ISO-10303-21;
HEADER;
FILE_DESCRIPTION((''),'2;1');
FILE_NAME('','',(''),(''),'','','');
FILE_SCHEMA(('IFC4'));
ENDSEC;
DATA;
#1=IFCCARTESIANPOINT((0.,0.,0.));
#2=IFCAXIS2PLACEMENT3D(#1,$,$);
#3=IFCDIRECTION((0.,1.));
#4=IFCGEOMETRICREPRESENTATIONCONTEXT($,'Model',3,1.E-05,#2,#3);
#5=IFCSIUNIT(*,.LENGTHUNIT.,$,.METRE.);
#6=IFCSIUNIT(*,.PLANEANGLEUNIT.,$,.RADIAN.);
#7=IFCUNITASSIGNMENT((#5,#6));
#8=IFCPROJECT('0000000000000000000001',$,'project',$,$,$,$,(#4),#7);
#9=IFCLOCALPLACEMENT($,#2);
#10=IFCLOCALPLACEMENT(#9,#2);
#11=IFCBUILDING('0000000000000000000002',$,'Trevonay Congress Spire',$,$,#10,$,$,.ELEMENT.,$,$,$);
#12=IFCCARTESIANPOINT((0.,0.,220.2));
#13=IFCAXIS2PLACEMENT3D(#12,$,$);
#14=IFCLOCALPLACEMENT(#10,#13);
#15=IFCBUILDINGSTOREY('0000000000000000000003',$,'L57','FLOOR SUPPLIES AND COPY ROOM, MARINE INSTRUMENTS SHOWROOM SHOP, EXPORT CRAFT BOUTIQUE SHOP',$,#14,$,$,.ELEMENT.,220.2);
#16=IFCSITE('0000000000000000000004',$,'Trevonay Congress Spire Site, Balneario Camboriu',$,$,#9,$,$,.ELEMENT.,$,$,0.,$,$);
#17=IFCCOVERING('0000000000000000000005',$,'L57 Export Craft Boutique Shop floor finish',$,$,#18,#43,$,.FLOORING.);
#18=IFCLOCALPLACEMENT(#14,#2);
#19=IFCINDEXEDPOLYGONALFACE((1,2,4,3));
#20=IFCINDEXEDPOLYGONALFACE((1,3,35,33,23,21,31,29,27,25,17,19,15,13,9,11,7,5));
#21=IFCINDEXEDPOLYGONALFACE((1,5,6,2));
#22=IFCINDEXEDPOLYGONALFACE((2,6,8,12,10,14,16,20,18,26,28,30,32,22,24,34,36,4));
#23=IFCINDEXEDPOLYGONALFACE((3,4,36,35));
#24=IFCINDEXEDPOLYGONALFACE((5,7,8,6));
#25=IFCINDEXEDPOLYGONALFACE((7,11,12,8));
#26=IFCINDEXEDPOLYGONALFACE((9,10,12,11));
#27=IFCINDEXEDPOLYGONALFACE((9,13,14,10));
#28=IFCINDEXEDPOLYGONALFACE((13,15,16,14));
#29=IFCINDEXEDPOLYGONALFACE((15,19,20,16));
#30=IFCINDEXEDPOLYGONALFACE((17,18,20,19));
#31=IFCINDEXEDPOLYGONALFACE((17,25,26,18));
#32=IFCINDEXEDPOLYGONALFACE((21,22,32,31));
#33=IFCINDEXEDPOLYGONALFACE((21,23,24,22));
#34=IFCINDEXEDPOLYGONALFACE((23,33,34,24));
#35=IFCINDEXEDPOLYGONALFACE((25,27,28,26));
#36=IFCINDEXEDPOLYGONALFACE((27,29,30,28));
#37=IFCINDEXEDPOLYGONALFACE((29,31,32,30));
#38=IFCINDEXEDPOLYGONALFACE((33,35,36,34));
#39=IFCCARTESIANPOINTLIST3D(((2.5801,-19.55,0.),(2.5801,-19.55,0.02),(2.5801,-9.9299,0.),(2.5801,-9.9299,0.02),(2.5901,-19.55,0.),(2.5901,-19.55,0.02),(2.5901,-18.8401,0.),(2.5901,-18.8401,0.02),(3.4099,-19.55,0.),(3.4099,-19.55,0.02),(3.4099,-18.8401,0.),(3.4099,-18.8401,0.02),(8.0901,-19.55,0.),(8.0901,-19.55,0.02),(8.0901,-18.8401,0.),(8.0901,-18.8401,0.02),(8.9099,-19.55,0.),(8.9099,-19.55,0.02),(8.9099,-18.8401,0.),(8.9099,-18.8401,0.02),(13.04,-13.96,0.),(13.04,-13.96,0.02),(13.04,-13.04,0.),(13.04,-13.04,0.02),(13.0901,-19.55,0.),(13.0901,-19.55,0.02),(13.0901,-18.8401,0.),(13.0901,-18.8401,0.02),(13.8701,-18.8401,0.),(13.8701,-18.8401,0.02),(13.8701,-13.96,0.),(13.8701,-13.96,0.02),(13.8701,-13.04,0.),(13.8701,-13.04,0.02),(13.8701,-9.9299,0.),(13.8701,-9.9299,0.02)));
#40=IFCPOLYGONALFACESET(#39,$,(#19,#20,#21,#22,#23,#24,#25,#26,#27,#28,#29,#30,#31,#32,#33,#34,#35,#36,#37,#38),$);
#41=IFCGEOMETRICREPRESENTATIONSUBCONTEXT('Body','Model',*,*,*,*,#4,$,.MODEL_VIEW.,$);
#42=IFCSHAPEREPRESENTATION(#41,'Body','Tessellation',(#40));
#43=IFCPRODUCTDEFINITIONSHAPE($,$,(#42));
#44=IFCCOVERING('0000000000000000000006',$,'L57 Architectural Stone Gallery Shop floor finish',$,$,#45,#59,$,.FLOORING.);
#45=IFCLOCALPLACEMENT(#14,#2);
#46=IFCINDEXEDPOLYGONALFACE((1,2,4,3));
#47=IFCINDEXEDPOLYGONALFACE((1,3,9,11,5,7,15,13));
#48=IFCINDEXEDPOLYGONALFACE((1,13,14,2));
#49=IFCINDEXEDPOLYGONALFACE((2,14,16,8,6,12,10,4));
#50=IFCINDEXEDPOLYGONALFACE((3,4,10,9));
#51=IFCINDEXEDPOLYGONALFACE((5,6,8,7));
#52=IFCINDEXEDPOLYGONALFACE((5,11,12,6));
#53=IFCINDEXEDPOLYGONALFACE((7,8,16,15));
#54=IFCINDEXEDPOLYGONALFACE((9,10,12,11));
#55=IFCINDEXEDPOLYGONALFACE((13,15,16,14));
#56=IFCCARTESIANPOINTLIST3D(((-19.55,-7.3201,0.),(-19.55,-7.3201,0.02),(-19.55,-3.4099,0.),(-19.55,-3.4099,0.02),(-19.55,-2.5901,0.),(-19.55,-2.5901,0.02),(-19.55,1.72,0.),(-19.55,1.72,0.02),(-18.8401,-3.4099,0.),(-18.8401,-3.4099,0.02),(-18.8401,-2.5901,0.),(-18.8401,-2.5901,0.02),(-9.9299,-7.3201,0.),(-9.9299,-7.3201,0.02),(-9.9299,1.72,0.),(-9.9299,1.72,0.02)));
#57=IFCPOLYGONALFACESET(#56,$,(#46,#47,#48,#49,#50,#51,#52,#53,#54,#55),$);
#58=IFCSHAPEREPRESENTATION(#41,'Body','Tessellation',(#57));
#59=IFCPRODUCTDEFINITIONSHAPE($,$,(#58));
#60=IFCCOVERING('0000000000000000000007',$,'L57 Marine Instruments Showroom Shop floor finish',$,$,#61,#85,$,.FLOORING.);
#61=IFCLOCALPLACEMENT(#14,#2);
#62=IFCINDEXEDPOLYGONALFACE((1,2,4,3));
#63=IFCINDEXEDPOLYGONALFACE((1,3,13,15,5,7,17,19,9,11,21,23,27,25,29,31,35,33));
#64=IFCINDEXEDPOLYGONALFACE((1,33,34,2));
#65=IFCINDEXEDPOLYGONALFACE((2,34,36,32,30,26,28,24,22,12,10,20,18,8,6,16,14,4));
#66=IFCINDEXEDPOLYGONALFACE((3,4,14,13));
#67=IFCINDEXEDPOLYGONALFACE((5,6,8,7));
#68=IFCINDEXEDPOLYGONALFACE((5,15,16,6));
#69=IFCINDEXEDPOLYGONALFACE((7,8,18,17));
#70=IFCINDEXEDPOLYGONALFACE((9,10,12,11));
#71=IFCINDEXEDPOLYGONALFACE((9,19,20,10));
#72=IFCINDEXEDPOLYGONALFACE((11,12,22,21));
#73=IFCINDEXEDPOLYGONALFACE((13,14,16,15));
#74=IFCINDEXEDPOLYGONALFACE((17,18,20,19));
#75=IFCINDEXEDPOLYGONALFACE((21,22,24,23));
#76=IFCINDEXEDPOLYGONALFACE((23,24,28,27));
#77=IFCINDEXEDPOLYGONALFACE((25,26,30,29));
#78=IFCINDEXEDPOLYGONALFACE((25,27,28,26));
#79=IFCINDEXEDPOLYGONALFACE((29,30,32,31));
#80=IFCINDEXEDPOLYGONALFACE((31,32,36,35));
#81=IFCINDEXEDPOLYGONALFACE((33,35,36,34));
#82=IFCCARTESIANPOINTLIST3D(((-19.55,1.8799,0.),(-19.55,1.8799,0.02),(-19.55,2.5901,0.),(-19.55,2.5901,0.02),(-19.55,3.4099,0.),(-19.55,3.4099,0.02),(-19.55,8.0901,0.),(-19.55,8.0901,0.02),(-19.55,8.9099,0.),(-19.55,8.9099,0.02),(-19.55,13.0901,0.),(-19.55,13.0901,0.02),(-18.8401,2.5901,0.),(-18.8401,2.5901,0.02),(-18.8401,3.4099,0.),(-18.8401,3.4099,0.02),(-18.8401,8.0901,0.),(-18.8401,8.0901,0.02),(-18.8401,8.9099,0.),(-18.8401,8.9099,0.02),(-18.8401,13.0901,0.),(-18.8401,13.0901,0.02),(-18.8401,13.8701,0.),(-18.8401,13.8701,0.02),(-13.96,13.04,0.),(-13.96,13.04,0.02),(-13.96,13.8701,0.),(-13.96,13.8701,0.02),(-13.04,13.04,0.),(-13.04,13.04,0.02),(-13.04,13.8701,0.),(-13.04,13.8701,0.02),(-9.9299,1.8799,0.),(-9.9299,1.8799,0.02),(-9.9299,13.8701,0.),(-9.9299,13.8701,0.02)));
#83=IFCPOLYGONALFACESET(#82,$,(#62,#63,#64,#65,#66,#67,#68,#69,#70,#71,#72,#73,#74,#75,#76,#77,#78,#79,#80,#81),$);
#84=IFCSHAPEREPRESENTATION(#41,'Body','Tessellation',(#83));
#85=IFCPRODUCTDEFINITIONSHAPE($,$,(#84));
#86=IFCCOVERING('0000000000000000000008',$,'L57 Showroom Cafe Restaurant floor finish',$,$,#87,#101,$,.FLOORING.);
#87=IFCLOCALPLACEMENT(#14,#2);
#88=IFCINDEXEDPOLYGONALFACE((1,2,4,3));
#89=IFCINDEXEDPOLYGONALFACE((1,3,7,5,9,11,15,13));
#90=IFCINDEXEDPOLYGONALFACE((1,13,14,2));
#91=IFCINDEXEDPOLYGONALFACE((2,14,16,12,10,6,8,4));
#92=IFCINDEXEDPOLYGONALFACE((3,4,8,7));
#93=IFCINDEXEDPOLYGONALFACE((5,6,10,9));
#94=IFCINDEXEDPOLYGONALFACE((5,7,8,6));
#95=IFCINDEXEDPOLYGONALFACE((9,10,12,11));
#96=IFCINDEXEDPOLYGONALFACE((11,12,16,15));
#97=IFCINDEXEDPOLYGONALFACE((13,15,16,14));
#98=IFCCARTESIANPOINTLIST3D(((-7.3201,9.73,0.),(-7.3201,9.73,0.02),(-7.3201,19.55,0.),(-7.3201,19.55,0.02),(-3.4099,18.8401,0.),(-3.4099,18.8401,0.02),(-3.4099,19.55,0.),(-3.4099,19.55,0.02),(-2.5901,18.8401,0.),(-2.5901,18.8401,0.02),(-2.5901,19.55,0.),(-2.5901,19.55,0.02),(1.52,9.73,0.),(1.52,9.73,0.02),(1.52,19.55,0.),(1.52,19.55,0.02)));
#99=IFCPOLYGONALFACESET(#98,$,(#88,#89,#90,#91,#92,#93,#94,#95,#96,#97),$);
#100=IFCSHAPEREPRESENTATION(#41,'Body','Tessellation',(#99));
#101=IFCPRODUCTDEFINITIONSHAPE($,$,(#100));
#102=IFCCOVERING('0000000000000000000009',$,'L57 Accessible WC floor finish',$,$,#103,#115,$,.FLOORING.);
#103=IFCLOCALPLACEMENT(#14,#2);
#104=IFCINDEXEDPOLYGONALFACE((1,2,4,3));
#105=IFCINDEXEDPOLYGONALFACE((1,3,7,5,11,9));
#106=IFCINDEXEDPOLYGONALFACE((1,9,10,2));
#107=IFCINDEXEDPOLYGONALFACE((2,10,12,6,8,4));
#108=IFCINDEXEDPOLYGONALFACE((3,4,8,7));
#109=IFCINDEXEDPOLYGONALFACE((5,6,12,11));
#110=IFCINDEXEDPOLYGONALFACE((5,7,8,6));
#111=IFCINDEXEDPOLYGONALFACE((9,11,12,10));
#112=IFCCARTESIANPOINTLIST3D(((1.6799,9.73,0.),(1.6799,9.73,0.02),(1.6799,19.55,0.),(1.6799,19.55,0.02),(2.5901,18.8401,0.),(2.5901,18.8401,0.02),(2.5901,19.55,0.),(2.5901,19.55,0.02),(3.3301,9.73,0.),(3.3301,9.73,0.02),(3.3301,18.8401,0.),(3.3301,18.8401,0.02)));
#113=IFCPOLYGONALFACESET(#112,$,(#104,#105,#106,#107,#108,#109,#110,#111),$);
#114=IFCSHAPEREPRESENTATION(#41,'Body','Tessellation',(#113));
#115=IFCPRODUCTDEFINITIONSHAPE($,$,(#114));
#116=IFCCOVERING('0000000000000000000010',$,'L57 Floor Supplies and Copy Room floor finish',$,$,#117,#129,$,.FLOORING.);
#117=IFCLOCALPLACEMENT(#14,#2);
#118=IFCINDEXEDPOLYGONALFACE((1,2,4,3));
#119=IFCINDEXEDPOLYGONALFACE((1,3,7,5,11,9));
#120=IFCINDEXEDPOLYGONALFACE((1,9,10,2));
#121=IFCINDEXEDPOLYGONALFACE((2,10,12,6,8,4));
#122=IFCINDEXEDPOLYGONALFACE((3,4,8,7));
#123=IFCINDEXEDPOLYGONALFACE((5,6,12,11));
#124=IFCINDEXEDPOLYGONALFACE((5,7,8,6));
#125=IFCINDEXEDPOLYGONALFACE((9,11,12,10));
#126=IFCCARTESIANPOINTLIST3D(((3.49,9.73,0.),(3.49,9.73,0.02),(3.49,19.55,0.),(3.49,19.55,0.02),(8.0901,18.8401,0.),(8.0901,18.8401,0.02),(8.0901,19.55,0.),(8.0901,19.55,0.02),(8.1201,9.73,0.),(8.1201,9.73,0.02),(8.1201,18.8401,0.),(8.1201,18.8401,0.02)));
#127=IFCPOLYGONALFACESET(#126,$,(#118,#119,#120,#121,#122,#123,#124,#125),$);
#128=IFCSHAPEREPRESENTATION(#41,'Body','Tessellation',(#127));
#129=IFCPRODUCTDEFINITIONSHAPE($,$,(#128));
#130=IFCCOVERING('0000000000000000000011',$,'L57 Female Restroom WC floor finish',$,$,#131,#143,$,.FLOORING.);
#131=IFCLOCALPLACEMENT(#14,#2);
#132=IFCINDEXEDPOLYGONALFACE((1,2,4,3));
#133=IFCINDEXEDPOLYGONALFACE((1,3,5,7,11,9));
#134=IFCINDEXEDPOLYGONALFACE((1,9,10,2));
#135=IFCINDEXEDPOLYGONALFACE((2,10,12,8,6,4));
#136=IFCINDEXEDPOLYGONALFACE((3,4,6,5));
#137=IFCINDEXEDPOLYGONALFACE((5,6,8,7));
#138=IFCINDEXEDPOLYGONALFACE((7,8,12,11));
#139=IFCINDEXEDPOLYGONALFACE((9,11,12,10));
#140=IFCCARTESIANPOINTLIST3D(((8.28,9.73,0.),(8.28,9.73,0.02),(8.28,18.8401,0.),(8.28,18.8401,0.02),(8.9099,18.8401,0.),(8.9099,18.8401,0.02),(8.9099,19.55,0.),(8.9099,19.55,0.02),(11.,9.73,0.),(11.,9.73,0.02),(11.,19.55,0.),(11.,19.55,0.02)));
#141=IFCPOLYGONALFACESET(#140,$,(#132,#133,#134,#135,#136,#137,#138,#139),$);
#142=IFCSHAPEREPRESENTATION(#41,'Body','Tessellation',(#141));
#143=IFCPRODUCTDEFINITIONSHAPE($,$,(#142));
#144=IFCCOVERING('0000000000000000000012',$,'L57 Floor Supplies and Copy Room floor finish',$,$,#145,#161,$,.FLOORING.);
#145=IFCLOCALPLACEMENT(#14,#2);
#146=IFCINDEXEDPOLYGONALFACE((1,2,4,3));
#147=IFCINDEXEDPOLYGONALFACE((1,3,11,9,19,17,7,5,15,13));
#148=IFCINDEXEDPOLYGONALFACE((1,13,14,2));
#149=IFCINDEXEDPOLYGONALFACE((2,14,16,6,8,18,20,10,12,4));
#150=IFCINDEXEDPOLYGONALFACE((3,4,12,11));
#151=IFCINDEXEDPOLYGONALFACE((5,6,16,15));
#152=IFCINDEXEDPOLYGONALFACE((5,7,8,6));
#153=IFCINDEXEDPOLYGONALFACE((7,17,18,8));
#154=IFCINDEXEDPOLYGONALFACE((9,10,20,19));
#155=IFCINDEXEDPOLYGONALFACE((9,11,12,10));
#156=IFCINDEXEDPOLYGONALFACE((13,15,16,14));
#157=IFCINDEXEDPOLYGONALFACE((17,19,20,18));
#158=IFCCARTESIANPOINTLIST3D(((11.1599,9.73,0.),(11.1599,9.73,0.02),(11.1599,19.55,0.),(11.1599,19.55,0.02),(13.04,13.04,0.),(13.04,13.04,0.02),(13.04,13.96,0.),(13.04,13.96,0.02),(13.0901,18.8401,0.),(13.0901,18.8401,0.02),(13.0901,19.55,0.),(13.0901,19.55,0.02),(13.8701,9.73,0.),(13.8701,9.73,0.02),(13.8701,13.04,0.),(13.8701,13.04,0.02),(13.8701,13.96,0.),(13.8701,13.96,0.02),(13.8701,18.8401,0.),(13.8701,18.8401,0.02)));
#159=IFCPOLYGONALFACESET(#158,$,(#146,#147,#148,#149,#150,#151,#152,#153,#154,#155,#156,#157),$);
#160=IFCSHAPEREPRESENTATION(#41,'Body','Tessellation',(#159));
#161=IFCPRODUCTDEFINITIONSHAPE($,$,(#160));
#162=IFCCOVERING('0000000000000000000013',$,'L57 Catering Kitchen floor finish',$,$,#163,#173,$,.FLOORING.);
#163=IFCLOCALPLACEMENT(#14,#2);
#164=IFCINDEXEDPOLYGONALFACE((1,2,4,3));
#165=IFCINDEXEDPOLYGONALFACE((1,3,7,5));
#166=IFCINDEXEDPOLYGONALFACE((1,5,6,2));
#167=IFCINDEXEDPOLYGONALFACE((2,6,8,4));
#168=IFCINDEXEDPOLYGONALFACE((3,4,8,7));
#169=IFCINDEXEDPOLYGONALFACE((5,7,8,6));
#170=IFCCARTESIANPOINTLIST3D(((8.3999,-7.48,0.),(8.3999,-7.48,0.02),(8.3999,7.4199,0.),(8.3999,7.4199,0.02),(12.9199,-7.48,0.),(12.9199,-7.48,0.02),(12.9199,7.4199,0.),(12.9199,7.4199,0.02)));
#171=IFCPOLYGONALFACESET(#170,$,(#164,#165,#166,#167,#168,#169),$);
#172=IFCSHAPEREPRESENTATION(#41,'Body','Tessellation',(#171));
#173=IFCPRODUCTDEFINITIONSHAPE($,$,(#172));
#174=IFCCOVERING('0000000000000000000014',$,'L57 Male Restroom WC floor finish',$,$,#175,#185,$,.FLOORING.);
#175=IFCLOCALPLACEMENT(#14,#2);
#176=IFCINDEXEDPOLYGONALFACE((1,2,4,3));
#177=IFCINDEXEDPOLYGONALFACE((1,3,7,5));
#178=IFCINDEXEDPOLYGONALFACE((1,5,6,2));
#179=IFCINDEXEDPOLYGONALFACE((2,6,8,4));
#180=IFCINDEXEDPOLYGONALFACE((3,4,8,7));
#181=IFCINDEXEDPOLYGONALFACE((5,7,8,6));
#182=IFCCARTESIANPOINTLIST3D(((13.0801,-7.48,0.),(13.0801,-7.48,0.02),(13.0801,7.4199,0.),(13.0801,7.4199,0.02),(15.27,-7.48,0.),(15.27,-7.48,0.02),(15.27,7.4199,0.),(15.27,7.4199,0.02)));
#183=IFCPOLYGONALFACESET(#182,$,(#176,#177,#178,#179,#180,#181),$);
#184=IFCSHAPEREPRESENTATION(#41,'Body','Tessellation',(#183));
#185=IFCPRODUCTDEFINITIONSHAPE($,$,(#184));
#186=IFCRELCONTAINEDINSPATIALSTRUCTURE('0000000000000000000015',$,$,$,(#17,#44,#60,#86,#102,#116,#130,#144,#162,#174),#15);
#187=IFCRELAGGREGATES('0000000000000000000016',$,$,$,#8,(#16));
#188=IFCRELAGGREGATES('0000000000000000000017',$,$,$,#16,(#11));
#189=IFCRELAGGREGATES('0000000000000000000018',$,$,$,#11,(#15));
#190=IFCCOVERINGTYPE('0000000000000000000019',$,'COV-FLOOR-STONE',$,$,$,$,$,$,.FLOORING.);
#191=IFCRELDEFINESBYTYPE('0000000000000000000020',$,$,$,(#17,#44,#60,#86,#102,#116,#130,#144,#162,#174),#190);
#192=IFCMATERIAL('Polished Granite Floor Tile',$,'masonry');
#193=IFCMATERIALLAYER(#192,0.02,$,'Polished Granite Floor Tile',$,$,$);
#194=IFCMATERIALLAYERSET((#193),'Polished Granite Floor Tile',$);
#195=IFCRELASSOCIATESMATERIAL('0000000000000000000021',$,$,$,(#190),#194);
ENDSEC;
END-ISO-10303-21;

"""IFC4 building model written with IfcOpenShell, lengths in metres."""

from ifc_helpers import new_model, si_unit, direction, frame, origin, place, context, subcontext, project, spatial, polyline, outline, extrude, material, layer, layer_set, type_object, element, save


model = new_model("IFC4")

# Units and contexts
model_context = context("Model", 3, precision=1e-05, world=origin(), true_north=direction((0.0, 1.0)))
body_context = subcontext(model_context, "Body", "Model", "MODEL_VIEW")
ifc_project = project(units=[si_unit("LENGTHUNIT", "METRE"), si_unit("PLANEANGLEUNIT", "RADIAN")], contexts=[model_context])

# Site, building, storey
site_placement = place(None, origin())
site = spatial("IfcSite", under=ifc_project, at=site_placement, Name="Trevonay Congress Spire Site, Balneario Camboriu", CompositionType="ELEMENT", RefElevation=0.0)
building_placement = place(site_placement, origin())
building = spatial("IfcBuilding", under=site, at=building_placement, Name="Trevonay Congress Spire", CompositionType="ELEMENT")
storey_placement = place(building_placement, frame((0.0, 0.0, 220.2)))
storey = spatial("IfcBuildingStorey", under=building, at=storey_placement, Name="L57", Description="FLOOR SUPPLIES AND COPY ROOM, MARINE INSTRUMENTS SHOWROOM SHOP, EXPORT CRAFT BOUTIQUE SHOP", CompositionType="ELEMENT", Elevation=220.2)

# Coverings
ifc_material_1 = material(Name="Polished Granite Floor Tile", Category="masonry")
ifc_layer_1 = layer(ifc_material_1, 0.02, Name="Polished Granite Floor Tile")
ifc_layer_set_1 = layer_set([ifc_layer_1], Name="Polished Granite Floor Tile")
covering_type_1 = type_object("IfcCoveringType", Name="COV-FLOOR-STONE", PredefinedType="FLOORING", material=ifc_layer_set_1)
covering_1_placement = place(storey_placement, origin())
element("IfcCovering", 1, at=covering_1_placement, inside=storey, type_object=covering_type_1, Name="L57 Export Craft Boutique Shop floor finish", PredefinedType="FLOORING", context=body_context, shape_type="SweptSolid", body=[
    extrude(outline(polyline([(2.5801, -19.55), (2.5801, -9.9299), (13.8701, -9.9299), (13.8701, -13.04), (13.04, -13.04), (13.04, -13.96), (13.8701, -13.96), (13.8701, -18.8401), (13.0901, -18.8401), (13.0901, -19.55), (8.9099, -19.55), (8.9099, -18.8401), (8.0901, -18.8401), (8.0901, -19.55), (3.4099, -19.55), (3.4099, -18.8401), (2.5901, -18.8401), (2.5901, -19.55), (2.5801, -19.55)])), origin(), (0.0, 0.0, 1.0), 0.02),
])
covering_2_placement = place(storey_placement, origin())
element("IfcCovering", 2, at=covering_2_placement, inside=storey, type_object=covering_type_1, Name="L57 Architectural Stone Gallery Shop floor finish", PredefinedType="FLOORING", context=body_context, shape_type="SweptSolid", body=[
    extrude(outline(polyline([(-19.55, 1.72), (-9.9299, 1.72), (-9.9299, -7.3201), (-19.55, -7.3201), (-19.55, -3.4099), (-18.8401, -3.4099), (-18.8401, -2.5901), (-19.55, -2.5901), (-19.55, 1.72)])), origin(), (0.0, 0.0, 1.0), 0.02),
])
covering_3_placement = place(storey_placement, origin())
element("IfcCovering", 3, at=covering_3_placement, inside=storey, type_object=covering_type_1, Name="L57 Marine Instruments Showroom Shop floor finish", PredefinedType="FLOORING", context=body_context, shape_type="SweptSolid", body=[
    extrude(outline(polyline([(-9.9299, 13.8701), (-9.9299, 1.8799), (-19.55, 1.8799), (-19.55, 2.5901), (-18.8401, 2.5901), (-18.8401, 3.4099), (-19.55, 3.4099), (-19.55, 8.0901), (-18.8401, 8.0901), (-18.8401, 8.9099), (-19.55, 8.9099), (-19.55, 13.0901), (-18.8401, 13.0901), (-18.8401, 13.8701), (-13.96, 13.8701), (-13.96, 13.04), (-13.04, 13.04), (-13.04, 13.8701), (-9.9299, 13.8701)])), origin(), (0.0, 0.0, 1.0), 0.02),
])
covering_4_placement = place(storey_placement, origin())
element("IfcCovering", 4, at=covering_4_placement, inside=storey, type_object=covering_type_1, Name="L57 Showroom Cafe Restaurant floor finish", PredefinedType="FLOORING", context=body_context, shape_type="SweptSolid", body=[
    extrude(outline(polyline([(1.52, 19.55), (1.52, 9.73), (-7.3201, 9.73), (-7.3201, 19.55), (-3.4099, 19.55), (-3.4099, 18.8401), (-2.5901, 18.8401), (-2.5901, 19.55), (1.52, 19.55)])), origin(), (0.0, 0.0, 1.0), 0.02),
])
covering_5_placement = place(storey_placement, origin())
element("IfcCovering", 5, at=covering_5_placement, inside=storey, type_object=covering_type_1, Name="L57 Accessible WC floor finish", PredefinedType="FLOORING", context=body_context, shape_type="SweptSolid", body=[
    extrude(outline(polyline([(3.3301, 9.73), (1.6799, 9.73), (1.6799, 19.55), (2.5901, 19.55), (2.5901, 18.8401), (3.3301, 18.8401), (3.3301, 9.73)])), origin(), (0.0, 0.0, 1.0), 0.02),
])
covering_6_placement = place(storey_placement, origin())
element("IfcCovering", 6, at=covering_6_placement, inside=storey, type_object=covering_type_1, Name="L57 Floor Supplies and Copy Room floor finish", PredefinedType="FLOORING", context=body_context, shape_type="SweptSolid", body=[
    extrude(outline(polyline([(8.1201, 9.73), (3.49, 9.73), (3.49, 19.55), (8.0901, 19.55), (8.0901, 18.8401), (8.1201, 18.8401), (8.1201, 9.73)])), origin(), (0.0, 0.0, 1.0), 0.02),
])
covering_7_placement = place(storey_placement, origin())
element("IfcCovering", 7, at=covering_7_placement, inside=storey, type_object=covering_type_1, Name="L57 Female Restroom WC floor finish", PredefinedType="FLOORING", context=body_context, shape_type="SweptSolid", body=[
    extrude(outline(polyline([(11.0, 19.55), (11.0, 9.73), (8.28, 9.73), (8.28, 18.8401), (8.9099, 18.8401), (8.9099, 19.55), (11.0, 19.55)])), origin(), (0.0, 0.0, 1.0), 0.02),
])
covering_8_placement = place(storey_placement, origin())
element("IfcCovering", 8, at=covering_8_placement, inside=storey, type_object=covering_type_1, Name="L57 Floor Supplies and Copy Room floor finish", PredefinedType="FLOORING", context=body_context, shape_type="SweptSolid", body=[
    extrude(outline(polyline([(13.8701, 9.73), (11.1599, 9.73), (11.1599, 19.55), (13.0901, 19.55), (13.0901, 18.8401), (13.8701, 18.8401), (13.8701, 13.96), (13.04, 13.96), (13.04, 13.04), (13.8701, 13.04), (13.8701, 9.73)])), origin(), (0.0, 0.0, 1.0), 0.02),
])
covering_9_placement = place(storey_placement, origin())
element("IfcCovering", 9, at=covering_9_placement, inside=storey, type_object=covering_type_1, Name="L57 Catering Kitchen floor finish", PredefinedType="FLOORING", context=body_context, shape_type="SweptSolid", body=[
    extrude(outline(polyline([(8.3999, -7.48), (12.9199, -7.48), (12.9199, 7.4199), (8.3999, 7.4199), (8.3999, -7.48)])), origin(), (0.0, 0.0, 1.0), 0.02),
])
covering_10_placement = place(storey_placement, origin())
element("IfcCovering", 10, at=covering_10_placement, inside=storey, type_object=covering_type_1, Name="L57 Male Restroom WC floor finish", PredefinedType="FLOORING", context=body_context, shape_type="SweptSolid", body=[
    extrude(outline(polyline([(13.0801, -7.48), (15.27, -7.48), (15.27, 7.4199), (13.0801, 7.4199), (13.0801, -7.48)])), origin(), (0.0, 0.0, 1.0), 0.02),
])

save(model, "model.ifc")
